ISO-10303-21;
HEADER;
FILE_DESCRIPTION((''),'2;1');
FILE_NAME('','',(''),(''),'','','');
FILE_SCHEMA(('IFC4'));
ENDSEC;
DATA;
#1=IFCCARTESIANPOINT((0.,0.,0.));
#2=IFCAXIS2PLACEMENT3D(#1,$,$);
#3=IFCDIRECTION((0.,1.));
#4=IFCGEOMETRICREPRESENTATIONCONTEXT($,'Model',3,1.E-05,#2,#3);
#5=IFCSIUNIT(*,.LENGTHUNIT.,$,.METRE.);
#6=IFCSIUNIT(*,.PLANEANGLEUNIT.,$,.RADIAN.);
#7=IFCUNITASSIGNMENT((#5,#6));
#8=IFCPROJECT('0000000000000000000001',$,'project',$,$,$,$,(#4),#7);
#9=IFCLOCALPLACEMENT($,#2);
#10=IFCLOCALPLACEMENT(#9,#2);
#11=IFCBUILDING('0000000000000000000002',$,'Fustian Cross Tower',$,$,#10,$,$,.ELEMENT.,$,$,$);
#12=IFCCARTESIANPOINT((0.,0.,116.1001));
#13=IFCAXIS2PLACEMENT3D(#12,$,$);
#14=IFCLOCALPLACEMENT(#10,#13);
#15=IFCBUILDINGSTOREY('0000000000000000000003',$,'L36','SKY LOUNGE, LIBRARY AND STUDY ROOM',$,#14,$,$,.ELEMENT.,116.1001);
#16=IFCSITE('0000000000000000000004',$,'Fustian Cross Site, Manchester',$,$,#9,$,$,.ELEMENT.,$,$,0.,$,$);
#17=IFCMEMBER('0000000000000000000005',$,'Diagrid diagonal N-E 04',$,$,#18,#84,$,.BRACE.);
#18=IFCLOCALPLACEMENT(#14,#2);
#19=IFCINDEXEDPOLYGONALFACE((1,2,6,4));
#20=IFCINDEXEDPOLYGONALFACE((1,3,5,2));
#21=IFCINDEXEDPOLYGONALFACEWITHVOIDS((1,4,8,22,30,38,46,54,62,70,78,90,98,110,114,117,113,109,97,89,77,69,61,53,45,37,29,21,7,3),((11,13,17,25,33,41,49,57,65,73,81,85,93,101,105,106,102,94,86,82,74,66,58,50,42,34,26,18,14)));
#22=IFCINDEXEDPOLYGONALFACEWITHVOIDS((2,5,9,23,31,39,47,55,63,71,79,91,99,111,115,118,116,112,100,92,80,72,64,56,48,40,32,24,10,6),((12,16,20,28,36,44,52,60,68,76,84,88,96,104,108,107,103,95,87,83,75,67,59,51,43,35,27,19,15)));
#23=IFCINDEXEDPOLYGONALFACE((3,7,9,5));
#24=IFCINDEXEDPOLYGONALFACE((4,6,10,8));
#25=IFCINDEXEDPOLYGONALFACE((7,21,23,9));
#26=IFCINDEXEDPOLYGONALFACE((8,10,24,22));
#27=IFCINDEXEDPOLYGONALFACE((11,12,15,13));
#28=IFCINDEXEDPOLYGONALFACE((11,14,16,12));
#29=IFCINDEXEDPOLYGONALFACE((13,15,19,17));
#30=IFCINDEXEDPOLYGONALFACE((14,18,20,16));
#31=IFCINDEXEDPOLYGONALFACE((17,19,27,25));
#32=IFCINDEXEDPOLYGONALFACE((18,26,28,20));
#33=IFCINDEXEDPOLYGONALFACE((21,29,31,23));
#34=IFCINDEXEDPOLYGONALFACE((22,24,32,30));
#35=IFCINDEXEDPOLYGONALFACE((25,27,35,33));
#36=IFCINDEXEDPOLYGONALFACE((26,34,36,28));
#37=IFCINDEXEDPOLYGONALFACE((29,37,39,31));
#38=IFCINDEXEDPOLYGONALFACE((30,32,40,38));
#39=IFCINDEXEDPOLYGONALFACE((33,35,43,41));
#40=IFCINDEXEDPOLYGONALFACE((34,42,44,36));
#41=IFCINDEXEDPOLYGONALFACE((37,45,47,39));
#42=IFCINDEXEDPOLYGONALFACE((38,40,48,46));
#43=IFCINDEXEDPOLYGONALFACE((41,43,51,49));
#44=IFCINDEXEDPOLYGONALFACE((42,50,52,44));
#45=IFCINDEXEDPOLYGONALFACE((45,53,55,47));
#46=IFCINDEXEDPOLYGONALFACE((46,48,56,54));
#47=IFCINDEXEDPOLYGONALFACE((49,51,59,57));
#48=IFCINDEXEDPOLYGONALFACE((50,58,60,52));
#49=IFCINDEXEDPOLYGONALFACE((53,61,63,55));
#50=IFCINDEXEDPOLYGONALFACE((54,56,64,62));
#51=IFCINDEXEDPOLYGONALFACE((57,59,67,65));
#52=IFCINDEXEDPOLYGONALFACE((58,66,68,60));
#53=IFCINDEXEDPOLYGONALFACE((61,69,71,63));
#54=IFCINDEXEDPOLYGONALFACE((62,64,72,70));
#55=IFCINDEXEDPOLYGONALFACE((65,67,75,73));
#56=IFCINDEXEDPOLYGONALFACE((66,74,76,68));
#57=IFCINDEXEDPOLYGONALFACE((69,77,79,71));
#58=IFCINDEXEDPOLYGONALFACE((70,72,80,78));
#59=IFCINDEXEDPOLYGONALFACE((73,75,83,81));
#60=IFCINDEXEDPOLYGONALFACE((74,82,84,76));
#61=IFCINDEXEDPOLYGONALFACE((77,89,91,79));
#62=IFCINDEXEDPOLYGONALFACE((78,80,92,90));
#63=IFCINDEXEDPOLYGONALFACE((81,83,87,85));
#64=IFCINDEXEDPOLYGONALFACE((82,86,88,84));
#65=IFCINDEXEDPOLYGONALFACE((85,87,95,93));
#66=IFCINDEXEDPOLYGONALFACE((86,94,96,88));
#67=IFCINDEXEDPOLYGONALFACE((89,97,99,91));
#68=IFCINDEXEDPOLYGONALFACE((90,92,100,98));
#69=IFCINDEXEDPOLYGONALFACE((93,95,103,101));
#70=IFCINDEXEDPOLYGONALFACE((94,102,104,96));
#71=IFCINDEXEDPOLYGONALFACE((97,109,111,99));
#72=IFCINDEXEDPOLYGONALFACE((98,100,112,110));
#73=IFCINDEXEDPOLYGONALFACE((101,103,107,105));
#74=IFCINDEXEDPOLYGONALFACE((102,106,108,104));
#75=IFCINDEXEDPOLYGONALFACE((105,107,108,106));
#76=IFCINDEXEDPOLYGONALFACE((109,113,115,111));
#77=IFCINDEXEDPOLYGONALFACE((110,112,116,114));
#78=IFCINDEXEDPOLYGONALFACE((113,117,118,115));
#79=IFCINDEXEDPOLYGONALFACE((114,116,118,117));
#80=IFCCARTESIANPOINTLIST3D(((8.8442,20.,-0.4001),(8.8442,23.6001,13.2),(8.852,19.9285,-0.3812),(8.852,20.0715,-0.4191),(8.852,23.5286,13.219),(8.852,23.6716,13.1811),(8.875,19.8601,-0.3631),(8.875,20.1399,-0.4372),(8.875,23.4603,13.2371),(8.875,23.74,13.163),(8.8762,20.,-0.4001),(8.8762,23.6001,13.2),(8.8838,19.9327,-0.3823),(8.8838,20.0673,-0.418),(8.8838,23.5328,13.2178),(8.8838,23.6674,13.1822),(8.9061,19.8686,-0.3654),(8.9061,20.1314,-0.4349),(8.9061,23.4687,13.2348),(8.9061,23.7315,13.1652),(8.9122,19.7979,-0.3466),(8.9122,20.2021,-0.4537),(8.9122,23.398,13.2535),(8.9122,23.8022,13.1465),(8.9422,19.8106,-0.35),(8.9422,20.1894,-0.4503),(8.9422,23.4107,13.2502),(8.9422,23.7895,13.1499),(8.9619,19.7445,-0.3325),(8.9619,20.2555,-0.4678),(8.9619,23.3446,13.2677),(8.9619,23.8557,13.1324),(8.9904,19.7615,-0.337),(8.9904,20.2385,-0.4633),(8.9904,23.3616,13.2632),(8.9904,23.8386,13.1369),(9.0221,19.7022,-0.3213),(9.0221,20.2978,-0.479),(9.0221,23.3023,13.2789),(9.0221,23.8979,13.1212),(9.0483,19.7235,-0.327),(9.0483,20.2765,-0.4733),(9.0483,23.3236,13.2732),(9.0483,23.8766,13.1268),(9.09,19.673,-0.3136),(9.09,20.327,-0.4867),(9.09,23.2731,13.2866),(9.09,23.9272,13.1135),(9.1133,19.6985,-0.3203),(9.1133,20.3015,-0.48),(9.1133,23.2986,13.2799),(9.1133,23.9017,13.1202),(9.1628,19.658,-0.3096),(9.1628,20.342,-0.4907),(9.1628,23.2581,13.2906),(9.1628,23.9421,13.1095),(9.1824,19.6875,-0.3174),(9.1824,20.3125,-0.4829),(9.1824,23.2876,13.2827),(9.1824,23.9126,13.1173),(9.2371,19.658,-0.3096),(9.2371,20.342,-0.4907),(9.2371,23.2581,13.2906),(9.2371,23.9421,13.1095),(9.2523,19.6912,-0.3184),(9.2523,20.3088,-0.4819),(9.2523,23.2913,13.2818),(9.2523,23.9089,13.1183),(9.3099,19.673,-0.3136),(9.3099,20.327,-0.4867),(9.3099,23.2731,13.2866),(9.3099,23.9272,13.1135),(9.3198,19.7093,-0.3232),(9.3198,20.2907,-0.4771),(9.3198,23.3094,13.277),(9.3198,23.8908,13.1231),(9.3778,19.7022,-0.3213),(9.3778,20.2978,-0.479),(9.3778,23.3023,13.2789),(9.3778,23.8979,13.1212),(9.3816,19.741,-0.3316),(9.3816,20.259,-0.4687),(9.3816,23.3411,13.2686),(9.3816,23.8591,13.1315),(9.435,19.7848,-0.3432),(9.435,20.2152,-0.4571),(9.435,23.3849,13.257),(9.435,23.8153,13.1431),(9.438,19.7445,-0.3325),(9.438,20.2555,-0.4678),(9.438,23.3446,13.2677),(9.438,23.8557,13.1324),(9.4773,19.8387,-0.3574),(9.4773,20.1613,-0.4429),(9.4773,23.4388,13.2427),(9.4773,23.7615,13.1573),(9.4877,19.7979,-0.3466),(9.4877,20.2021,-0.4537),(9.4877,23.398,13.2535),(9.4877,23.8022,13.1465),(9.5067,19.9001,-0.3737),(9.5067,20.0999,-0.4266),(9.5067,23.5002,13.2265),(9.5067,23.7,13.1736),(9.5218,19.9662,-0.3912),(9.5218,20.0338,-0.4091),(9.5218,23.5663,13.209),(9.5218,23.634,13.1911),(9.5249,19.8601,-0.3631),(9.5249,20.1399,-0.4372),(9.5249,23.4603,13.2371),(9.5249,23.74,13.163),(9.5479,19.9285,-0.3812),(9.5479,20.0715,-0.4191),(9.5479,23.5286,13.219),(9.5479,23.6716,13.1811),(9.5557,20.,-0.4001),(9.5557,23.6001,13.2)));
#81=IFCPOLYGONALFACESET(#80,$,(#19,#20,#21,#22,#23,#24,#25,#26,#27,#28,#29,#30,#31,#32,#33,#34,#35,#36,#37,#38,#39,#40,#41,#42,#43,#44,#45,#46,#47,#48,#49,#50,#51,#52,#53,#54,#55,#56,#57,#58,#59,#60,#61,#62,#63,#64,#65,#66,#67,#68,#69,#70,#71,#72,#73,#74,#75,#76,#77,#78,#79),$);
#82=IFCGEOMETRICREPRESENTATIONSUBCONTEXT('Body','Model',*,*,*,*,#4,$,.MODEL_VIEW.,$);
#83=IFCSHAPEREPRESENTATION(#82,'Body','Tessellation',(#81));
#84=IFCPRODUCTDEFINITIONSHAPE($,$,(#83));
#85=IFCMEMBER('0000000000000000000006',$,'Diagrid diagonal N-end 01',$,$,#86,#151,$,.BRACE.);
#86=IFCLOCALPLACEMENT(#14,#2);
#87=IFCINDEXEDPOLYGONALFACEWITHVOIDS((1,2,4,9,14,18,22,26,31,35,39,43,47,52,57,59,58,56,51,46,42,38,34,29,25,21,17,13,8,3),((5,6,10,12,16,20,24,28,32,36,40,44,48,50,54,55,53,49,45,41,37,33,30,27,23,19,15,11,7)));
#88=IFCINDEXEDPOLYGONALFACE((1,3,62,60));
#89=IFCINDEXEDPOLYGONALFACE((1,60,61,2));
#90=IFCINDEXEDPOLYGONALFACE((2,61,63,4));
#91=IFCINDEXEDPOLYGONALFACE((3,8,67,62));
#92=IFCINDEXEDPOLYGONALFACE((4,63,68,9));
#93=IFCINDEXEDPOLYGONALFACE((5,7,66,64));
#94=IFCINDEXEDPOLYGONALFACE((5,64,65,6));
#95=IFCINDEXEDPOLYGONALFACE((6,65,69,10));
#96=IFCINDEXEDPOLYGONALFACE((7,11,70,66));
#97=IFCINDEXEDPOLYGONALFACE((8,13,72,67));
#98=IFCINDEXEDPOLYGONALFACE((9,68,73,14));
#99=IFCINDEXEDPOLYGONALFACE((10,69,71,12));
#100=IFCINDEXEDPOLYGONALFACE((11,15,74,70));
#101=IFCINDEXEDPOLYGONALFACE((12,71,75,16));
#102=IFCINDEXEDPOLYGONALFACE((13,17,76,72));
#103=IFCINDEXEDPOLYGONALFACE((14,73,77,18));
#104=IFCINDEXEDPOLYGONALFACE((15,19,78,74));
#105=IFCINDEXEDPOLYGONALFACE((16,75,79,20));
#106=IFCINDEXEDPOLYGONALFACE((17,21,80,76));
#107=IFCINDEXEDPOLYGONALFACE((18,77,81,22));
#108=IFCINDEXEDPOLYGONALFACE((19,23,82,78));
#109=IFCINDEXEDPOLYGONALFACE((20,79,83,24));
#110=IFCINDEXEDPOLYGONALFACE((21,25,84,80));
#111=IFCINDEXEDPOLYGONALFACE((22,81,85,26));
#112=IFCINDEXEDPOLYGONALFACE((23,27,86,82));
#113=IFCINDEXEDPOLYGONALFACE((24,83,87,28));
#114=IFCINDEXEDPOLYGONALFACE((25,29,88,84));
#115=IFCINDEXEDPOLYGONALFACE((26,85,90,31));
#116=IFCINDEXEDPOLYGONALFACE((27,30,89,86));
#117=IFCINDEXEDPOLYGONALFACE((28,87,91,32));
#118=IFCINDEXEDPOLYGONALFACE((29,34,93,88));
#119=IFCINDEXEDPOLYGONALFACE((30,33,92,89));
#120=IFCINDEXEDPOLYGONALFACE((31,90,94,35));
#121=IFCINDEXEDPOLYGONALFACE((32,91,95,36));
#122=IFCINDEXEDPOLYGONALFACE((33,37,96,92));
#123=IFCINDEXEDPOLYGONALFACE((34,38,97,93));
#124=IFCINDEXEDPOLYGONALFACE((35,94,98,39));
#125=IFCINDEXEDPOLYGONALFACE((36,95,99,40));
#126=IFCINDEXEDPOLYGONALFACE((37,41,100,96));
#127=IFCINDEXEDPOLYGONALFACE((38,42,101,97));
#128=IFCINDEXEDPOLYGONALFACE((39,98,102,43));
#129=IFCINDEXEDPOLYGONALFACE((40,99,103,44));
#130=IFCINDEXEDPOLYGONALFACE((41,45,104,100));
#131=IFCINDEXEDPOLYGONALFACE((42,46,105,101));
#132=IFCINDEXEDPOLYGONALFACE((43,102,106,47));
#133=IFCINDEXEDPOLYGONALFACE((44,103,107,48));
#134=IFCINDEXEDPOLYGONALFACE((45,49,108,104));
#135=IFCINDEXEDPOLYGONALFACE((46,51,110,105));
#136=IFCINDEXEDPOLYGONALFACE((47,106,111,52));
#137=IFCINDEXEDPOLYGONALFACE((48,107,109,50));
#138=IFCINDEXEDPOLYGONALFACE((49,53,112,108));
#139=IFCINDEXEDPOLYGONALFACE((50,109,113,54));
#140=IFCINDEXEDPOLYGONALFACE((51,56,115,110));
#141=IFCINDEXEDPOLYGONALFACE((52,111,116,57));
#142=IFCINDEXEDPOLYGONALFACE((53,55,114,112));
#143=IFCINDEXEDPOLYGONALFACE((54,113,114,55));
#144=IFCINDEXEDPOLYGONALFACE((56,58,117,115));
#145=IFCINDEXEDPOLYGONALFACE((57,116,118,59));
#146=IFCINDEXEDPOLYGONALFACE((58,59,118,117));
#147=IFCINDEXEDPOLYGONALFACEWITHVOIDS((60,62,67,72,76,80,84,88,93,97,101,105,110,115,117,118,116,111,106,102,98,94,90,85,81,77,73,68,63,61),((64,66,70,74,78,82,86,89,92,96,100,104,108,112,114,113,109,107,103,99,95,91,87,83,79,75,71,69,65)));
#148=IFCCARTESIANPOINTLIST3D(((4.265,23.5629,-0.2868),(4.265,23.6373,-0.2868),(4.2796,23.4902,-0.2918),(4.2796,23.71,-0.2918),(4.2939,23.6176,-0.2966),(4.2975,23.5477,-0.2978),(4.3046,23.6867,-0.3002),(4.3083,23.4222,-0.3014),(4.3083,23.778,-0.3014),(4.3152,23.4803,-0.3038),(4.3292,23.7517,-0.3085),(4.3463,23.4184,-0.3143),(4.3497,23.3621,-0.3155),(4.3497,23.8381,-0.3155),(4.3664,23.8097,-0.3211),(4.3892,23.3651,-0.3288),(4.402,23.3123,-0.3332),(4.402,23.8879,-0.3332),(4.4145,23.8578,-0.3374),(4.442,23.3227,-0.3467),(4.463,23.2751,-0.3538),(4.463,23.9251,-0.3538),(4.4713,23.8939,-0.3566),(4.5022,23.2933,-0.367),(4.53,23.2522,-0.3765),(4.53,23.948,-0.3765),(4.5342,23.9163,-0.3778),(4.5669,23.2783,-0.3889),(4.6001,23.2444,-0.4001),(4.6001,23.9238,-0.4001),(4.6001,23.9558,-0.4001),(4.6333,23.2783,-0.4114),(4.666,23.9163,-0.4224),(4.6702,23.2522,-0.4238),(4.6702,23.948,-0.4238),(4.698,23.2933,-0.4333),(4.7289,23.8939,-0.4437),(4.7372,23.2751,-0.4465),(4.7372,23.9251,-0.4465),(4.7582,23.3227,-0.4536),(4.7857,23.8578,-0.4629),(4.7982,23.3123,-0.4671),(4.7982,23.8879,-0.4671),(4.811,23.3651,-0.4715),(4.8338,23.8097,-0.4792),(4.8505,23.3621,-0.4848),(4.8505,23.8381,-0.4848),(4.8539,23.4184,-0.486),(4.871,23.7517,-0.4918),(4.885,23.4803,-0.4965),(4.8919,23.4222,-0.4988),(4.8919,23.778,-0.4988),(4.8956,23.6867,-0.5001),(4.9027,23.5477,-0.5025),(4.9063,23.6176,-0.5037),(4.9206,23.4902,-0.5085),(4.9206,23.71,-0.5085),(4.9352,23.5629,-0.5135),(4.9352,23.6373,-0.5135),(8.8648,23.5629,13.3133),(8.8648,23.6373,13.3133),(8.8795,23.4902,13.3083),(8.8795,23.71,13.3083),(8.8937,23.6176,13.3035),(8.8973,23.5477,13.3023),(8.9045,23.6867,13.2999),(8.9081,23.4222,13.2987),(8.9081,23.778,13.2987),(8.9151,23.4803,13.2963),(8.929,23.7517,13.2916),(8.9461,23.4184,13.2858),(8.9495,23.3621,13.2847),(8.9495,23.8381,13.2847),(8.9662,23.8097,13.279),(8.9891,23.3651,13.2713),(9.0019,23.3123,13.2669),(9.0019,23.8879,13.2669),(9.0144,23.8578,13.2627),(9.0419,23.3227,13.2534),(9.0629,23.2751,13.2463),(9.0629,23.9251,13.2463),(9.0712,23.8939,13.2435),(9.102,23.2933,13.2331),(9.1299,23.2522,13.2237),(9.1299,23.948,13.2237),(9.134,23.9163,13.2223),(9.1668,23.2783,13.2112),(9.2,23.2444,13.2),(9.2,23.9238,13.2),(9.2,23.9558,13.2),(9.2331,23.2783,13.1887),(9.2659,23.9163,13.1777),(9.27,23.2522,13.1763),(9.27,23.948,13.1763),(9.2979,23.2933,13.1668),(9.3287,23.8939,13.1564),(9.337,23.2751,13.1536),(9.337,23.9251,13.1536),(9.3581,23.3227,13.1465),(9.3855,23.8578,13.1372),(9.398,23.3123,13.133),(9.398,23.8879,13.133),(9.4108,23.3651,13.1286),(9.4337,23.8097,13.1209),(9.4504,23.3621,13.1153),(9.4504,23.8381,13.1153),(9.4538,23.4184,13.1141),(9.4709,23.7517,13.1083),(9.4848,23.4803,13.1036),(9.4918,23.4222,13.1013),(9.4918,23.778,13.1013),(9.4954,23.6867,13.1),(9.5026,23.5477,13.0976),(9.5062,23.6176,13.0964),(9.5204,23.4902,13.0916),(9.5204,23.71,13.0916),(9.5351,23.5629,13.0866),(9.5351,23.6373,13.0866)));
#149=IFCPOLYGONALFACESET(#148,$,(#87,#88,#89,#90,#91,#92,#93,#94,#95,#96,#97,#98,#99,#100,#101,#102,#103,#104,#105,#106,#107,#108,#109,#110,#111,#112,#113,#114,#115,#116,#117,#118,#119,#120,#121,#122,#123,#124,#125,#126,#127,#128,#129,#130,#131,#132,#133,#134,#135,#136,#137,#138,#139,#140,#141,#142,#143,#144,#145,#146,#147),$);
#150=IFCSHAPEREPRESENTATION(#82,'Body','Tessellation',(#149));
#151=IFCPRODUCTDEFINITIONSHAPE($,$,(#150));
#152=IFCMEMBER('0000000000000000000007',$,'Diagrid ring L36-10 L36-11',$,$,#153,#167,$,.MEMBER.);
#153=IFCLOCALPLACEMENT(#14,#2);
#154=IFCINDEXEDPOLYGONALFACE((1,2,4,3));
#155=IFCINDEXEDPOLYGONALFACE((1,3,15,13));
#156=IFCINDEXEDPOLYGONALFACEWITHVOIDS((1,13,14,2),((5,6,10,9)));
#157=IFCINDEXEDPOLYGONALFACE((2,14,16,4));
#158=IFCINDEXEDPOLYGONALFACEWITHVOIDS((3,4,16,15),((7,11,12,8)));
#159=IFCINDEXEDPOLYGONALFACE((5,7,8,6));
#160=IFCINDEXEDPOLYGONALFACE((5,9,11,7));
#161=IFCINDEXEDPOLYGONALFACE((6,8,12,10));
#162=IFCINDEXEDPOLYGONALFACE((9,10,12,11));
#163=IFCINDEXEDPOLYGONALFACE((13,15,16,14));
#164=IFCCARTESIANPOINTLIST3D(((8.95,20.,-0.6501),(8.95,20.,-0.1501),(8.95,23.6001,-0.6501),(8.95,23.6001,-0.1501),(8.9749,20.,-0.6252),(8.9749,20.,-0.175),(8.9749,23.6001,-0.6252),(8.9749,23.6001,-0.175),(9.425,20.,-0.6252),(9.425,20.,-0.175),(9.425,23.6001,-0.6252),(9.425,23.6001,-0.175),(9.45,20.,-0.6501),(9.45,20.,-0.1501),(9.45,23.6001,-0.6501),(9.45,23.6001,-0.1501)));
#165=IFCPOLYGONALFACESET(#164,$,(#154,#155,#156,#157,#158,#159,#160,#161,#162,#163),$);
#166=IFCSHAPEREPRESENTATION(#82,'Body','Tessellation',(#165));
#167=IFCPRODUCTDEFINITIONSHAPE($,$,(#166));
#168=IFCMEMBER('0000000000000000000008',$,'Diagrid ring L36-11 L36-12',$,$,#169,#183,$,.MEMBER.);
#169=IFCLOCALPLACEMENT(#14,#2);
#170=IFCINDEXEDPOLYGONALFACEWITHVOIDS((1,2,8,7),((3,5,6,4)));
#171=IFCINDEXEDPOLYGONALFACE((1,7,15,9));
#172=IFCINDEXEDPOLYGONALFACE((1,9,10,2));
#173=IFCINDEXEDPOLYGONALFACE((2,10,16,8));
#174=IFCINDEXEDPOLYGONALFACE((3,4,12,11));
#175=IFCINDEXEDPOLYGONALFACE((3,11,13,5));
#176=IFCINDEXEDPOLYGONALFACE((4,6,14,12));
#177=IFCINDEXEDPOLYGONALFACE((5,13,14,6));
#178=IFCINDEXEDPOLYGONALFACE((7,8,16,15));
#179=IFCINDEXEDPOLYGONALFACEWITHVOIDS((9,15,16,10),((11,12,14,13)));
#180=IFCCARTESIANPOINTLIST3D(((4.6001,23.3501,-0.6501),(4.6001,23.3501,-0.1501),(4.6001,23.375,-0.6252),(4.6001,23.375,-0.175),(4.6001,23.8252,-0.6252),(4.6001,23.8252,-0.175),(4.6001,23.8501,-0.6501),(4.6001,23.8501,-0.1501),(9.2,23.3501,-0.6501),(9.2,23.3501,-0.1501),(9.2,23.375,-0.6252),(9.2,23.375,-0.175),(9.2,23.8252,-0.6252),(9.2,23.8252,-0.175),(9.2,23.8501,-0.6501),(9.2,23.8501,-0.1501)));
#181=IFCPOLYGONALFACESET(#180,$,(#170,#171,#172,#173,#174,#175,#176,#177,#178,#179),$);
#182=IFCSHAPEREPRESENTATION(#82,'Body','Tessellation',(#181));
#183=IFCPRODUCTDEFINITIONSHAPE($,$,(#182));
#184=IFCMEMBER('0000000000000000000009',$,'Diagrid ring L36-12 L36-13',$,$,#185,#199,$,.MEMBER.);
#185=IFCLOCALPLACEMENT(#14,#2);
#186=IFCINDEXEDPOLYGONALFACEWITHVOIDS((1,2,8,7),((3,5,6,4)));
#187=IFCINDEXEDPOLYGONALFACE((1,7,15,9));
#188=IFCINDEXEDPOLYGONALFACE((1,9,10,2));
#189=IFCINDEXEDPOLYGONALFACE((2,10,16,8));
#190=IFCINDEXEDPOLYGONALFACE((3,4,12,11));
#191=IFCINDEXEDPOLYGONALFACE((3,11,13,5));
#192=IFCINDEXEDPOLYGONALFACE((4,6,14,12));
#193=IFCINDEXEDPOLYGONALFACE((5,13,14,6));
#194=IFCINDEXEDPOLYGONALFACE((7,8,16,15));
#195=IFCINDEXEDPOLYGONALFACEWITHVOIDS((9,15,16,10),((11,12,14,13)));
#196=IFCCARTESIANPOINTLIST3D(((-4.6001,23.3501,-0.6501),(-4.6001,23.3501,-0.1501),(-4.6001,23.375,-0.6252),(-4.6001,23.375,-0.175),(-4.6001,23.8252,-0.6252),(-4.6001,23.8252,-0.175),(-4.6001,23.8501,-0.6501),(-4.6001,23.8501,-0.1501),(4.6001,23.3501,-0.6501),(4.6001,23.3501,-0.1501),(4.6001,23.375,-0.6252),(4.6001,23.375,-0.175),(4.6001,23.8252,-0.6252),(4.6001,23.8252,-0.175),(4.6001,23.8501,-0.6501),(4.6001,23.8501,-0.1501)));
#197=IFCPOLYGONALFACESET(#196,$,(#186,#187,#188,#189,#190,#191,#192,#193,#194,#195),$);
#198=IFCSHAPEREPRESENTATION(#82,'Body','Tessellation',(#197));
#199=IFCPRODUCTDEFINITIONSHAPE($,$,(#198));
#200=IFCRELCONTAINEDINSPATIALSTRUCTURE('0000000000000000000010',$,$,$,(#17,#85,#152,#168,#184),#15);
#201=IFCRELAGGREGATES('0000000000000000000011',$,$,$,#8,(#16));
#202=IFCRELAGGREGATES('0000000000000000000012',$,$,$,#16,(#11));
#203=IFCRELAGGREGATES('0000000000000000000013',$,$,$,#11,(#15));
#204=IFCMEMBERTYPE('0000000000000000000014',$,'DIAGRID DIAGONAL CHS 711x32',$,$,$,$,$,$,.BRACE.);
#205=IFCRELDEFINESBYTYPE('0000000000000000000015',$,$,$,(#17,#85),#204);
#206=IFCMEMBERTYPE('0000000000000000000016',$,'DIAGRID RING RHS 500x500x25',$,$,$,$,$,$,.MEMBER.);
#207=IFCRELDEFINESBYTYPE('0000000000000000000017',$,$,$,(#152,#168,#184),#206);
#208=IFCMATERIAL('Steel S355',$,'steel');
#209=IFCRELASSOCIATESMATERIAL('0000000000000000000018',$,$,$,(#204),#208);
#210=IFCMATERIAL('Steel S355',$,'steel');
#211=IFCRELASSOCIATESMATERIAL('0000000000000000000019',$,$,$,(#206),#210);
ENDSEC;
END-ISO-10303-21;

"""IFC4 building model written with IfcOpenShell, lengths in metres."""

from ifc_helpers import new_model, si_unit, direction, frame, origin, origin_2d, place, context, subcontext, project, spatial, hollow_rectangle, hollow_circle, extrude, material, material_profile, profile_set, type_object, element, save


model = new_model("IFC4")

# Units and contexts
model_context = context("Model", 3, precision=1e-05, world=origin(), true_north=direction((0.0, 1.0)))
body_context = subcontext(model_context, "Body", "Model", "MODEL_VIEW")
ifc_project = project(units=[si_unit("LENGTHUNIT", "METRE"), si_unit("PLANEANGLEUNIT", "RADIAN")], contexts=[model_context])

# Site, building, storey
site_placement = place(None, origin())
site = spatial("IfcSite", under=ifc_project, at=site_placement, Name="Fustian Cross Site, Manchester", CompositionType="ELEMENT", RefElevation=0.0)
building_placement = place(site_placement, origin())
building = spatial("IfcBuilding", under=site, at=building_placement, Name="Fustian Cross Tower", CompositionType="ELEMENT")
storey_placement = place(building_placement, frame((0.0, 0.0, 116.1001)))
storey = spatial("IfcBuildingStorey", under=building, at=storey_placement, Name="L36", Description="SKY LOUNGE, LIBRARY AND STUDY ROOM", CompositionType="ELEMENT", Elevation=116.1001)

# Members
ifc_material_1 = material(Name="Steel S355", Category="steel")
ifc_material_profile_1 = material_profile(ifc_material_1, hollow_circle(Radius=0.3557, WallThickness=0.032, at=origin_2d()), Name="CHS 711x32")
ifc_profile_set_1 = profile_set([ifc_material_profile_1], Name="Steel S355")
member_type_1 = type_object("IfcMemberType", Name="DIAGRID DIAGONAL CHS 711x32", PredefinedType="BRACE", material=ifc_profile_set_1)
member_1_placement = place(storey_placement, frame((9.2, 20.0, -0.4001), z_axis=(0.0, 0.255897, 0.966704), x_axis=(-1.0, 0.0, 0.0)))
element("IfcMember", 1, at=member_1_placement, inside=storey, type_object=member_type_1, Name="Diagrid diagonal N-E 04", PredefinedType="BRACE", context=body_context, shape_type="SweptSolid", body=[
    extrude(hollow_circle(Radius=0.3557, WallThickness=0.032, at=origin_2d()), origin(), (0.0, 0.0, 1.0), 14.0686),
])
member_2_placement = place(storey_placement, frame((4.6001, 23.6001, -0.4001), z_axis=(0.320393, 0.0, 0.947285), x_axis=(0.0, 1.0, 0.0)))
element("IfcMember", 2, at=member_2_placement, inside=storey, type_object=member_type_1, Name="Diagrid diagonal N-end 01", PredefinedType="BRACE", context=body_context, shape_type="SweptSolid", body=[
    extrude(hollow_circle(Radius=0.3557, WallThickness=0.032, at=origin_2d()), origin(), (0.0, 0.0, 1.0), 14.3569),
])
ifc_material_2 = material(Name="Steel S355", Category="steel")
ifc_material_profile_2 = material_profile(ifc_material_2, hollow_rectangle(XDim=0.5, YDim=0.5, WallThickness=0.0249, at=origin_2d()), Name="RHS 500x500x25")
ifc_profile_set_2 = profile_set([ifc_material_profile_2], Name="Steel S355")
member_type_2 = type_object("IfcMemberType", Name="DIAGRID RING RHS 500x500x25", PredefinedType="MEMBER", material=ifc_profile_set_2)
member_3_placement = place(storey_placement, frame((9.2, 20.0, -0.4001), z_axis=(0.0, 1.0, 0.0), x_axis=(-1.0, 0.0, 0.0)))
element("IfcMember", 3, at=member_3_placement, inside=storey, type_object=member_type_2, Name="Diagrid ring L36-10 L36-11", PredefinedType="MEMBER", context=body_context, shape_type="SweptSolid", body=[
    extrude(hollow_rectangle(XDim=0.5, YDim=0.5, WallThickness=0.0249, at=origin_2d()), origin(), (0.0, 0.0, 1.0), 3.6001),
])
member_4_placement = place(storey_placement, frame((9.2, 23.6001, -0.4001), z_axis=(-1.0, 0.0, 0.0), x_axis=(0.0, -1.0, 0.0)))
element("IfcMember", 4, at=member_4_placement, inside=storey, type_object=member_type_2, Name="Diagrid ring L36-11 L36-12", PredefinedType="MEMBER", context=body_context, shape_type="SweptSolid", body=[
    extrude(hollow_rectangle(XDim=0.5, YDim=0.5, WallThickness=0.0249, at=origin_2d()), origin(), (0.0, 0.0, 1.0), 4.5999),
])
member_5_placement = place(storey_placement, frame((4.6001, 23.6001, -0.4001), z_axis=(-1.0, 0.0, 0.0), x_axis=(0.0, -1.0, 0.0)))
element("IfcMember", 5, at=member_5_placement, inside=storey, type_object=member_type_2, Name="Diagrid ring L36-12 L36-13", PredefinedType="MEMBER", context=body_context, shape_type="SweptSolid", body=[
    extrude(hollow_rectangle(XDim=0.5, YDim=0.5, WallThickness=0.0249, at=origin_2d()), origin(), (0.0, 0.0, 1.0), 9.2002),
])

save(model, "model.ifc")
